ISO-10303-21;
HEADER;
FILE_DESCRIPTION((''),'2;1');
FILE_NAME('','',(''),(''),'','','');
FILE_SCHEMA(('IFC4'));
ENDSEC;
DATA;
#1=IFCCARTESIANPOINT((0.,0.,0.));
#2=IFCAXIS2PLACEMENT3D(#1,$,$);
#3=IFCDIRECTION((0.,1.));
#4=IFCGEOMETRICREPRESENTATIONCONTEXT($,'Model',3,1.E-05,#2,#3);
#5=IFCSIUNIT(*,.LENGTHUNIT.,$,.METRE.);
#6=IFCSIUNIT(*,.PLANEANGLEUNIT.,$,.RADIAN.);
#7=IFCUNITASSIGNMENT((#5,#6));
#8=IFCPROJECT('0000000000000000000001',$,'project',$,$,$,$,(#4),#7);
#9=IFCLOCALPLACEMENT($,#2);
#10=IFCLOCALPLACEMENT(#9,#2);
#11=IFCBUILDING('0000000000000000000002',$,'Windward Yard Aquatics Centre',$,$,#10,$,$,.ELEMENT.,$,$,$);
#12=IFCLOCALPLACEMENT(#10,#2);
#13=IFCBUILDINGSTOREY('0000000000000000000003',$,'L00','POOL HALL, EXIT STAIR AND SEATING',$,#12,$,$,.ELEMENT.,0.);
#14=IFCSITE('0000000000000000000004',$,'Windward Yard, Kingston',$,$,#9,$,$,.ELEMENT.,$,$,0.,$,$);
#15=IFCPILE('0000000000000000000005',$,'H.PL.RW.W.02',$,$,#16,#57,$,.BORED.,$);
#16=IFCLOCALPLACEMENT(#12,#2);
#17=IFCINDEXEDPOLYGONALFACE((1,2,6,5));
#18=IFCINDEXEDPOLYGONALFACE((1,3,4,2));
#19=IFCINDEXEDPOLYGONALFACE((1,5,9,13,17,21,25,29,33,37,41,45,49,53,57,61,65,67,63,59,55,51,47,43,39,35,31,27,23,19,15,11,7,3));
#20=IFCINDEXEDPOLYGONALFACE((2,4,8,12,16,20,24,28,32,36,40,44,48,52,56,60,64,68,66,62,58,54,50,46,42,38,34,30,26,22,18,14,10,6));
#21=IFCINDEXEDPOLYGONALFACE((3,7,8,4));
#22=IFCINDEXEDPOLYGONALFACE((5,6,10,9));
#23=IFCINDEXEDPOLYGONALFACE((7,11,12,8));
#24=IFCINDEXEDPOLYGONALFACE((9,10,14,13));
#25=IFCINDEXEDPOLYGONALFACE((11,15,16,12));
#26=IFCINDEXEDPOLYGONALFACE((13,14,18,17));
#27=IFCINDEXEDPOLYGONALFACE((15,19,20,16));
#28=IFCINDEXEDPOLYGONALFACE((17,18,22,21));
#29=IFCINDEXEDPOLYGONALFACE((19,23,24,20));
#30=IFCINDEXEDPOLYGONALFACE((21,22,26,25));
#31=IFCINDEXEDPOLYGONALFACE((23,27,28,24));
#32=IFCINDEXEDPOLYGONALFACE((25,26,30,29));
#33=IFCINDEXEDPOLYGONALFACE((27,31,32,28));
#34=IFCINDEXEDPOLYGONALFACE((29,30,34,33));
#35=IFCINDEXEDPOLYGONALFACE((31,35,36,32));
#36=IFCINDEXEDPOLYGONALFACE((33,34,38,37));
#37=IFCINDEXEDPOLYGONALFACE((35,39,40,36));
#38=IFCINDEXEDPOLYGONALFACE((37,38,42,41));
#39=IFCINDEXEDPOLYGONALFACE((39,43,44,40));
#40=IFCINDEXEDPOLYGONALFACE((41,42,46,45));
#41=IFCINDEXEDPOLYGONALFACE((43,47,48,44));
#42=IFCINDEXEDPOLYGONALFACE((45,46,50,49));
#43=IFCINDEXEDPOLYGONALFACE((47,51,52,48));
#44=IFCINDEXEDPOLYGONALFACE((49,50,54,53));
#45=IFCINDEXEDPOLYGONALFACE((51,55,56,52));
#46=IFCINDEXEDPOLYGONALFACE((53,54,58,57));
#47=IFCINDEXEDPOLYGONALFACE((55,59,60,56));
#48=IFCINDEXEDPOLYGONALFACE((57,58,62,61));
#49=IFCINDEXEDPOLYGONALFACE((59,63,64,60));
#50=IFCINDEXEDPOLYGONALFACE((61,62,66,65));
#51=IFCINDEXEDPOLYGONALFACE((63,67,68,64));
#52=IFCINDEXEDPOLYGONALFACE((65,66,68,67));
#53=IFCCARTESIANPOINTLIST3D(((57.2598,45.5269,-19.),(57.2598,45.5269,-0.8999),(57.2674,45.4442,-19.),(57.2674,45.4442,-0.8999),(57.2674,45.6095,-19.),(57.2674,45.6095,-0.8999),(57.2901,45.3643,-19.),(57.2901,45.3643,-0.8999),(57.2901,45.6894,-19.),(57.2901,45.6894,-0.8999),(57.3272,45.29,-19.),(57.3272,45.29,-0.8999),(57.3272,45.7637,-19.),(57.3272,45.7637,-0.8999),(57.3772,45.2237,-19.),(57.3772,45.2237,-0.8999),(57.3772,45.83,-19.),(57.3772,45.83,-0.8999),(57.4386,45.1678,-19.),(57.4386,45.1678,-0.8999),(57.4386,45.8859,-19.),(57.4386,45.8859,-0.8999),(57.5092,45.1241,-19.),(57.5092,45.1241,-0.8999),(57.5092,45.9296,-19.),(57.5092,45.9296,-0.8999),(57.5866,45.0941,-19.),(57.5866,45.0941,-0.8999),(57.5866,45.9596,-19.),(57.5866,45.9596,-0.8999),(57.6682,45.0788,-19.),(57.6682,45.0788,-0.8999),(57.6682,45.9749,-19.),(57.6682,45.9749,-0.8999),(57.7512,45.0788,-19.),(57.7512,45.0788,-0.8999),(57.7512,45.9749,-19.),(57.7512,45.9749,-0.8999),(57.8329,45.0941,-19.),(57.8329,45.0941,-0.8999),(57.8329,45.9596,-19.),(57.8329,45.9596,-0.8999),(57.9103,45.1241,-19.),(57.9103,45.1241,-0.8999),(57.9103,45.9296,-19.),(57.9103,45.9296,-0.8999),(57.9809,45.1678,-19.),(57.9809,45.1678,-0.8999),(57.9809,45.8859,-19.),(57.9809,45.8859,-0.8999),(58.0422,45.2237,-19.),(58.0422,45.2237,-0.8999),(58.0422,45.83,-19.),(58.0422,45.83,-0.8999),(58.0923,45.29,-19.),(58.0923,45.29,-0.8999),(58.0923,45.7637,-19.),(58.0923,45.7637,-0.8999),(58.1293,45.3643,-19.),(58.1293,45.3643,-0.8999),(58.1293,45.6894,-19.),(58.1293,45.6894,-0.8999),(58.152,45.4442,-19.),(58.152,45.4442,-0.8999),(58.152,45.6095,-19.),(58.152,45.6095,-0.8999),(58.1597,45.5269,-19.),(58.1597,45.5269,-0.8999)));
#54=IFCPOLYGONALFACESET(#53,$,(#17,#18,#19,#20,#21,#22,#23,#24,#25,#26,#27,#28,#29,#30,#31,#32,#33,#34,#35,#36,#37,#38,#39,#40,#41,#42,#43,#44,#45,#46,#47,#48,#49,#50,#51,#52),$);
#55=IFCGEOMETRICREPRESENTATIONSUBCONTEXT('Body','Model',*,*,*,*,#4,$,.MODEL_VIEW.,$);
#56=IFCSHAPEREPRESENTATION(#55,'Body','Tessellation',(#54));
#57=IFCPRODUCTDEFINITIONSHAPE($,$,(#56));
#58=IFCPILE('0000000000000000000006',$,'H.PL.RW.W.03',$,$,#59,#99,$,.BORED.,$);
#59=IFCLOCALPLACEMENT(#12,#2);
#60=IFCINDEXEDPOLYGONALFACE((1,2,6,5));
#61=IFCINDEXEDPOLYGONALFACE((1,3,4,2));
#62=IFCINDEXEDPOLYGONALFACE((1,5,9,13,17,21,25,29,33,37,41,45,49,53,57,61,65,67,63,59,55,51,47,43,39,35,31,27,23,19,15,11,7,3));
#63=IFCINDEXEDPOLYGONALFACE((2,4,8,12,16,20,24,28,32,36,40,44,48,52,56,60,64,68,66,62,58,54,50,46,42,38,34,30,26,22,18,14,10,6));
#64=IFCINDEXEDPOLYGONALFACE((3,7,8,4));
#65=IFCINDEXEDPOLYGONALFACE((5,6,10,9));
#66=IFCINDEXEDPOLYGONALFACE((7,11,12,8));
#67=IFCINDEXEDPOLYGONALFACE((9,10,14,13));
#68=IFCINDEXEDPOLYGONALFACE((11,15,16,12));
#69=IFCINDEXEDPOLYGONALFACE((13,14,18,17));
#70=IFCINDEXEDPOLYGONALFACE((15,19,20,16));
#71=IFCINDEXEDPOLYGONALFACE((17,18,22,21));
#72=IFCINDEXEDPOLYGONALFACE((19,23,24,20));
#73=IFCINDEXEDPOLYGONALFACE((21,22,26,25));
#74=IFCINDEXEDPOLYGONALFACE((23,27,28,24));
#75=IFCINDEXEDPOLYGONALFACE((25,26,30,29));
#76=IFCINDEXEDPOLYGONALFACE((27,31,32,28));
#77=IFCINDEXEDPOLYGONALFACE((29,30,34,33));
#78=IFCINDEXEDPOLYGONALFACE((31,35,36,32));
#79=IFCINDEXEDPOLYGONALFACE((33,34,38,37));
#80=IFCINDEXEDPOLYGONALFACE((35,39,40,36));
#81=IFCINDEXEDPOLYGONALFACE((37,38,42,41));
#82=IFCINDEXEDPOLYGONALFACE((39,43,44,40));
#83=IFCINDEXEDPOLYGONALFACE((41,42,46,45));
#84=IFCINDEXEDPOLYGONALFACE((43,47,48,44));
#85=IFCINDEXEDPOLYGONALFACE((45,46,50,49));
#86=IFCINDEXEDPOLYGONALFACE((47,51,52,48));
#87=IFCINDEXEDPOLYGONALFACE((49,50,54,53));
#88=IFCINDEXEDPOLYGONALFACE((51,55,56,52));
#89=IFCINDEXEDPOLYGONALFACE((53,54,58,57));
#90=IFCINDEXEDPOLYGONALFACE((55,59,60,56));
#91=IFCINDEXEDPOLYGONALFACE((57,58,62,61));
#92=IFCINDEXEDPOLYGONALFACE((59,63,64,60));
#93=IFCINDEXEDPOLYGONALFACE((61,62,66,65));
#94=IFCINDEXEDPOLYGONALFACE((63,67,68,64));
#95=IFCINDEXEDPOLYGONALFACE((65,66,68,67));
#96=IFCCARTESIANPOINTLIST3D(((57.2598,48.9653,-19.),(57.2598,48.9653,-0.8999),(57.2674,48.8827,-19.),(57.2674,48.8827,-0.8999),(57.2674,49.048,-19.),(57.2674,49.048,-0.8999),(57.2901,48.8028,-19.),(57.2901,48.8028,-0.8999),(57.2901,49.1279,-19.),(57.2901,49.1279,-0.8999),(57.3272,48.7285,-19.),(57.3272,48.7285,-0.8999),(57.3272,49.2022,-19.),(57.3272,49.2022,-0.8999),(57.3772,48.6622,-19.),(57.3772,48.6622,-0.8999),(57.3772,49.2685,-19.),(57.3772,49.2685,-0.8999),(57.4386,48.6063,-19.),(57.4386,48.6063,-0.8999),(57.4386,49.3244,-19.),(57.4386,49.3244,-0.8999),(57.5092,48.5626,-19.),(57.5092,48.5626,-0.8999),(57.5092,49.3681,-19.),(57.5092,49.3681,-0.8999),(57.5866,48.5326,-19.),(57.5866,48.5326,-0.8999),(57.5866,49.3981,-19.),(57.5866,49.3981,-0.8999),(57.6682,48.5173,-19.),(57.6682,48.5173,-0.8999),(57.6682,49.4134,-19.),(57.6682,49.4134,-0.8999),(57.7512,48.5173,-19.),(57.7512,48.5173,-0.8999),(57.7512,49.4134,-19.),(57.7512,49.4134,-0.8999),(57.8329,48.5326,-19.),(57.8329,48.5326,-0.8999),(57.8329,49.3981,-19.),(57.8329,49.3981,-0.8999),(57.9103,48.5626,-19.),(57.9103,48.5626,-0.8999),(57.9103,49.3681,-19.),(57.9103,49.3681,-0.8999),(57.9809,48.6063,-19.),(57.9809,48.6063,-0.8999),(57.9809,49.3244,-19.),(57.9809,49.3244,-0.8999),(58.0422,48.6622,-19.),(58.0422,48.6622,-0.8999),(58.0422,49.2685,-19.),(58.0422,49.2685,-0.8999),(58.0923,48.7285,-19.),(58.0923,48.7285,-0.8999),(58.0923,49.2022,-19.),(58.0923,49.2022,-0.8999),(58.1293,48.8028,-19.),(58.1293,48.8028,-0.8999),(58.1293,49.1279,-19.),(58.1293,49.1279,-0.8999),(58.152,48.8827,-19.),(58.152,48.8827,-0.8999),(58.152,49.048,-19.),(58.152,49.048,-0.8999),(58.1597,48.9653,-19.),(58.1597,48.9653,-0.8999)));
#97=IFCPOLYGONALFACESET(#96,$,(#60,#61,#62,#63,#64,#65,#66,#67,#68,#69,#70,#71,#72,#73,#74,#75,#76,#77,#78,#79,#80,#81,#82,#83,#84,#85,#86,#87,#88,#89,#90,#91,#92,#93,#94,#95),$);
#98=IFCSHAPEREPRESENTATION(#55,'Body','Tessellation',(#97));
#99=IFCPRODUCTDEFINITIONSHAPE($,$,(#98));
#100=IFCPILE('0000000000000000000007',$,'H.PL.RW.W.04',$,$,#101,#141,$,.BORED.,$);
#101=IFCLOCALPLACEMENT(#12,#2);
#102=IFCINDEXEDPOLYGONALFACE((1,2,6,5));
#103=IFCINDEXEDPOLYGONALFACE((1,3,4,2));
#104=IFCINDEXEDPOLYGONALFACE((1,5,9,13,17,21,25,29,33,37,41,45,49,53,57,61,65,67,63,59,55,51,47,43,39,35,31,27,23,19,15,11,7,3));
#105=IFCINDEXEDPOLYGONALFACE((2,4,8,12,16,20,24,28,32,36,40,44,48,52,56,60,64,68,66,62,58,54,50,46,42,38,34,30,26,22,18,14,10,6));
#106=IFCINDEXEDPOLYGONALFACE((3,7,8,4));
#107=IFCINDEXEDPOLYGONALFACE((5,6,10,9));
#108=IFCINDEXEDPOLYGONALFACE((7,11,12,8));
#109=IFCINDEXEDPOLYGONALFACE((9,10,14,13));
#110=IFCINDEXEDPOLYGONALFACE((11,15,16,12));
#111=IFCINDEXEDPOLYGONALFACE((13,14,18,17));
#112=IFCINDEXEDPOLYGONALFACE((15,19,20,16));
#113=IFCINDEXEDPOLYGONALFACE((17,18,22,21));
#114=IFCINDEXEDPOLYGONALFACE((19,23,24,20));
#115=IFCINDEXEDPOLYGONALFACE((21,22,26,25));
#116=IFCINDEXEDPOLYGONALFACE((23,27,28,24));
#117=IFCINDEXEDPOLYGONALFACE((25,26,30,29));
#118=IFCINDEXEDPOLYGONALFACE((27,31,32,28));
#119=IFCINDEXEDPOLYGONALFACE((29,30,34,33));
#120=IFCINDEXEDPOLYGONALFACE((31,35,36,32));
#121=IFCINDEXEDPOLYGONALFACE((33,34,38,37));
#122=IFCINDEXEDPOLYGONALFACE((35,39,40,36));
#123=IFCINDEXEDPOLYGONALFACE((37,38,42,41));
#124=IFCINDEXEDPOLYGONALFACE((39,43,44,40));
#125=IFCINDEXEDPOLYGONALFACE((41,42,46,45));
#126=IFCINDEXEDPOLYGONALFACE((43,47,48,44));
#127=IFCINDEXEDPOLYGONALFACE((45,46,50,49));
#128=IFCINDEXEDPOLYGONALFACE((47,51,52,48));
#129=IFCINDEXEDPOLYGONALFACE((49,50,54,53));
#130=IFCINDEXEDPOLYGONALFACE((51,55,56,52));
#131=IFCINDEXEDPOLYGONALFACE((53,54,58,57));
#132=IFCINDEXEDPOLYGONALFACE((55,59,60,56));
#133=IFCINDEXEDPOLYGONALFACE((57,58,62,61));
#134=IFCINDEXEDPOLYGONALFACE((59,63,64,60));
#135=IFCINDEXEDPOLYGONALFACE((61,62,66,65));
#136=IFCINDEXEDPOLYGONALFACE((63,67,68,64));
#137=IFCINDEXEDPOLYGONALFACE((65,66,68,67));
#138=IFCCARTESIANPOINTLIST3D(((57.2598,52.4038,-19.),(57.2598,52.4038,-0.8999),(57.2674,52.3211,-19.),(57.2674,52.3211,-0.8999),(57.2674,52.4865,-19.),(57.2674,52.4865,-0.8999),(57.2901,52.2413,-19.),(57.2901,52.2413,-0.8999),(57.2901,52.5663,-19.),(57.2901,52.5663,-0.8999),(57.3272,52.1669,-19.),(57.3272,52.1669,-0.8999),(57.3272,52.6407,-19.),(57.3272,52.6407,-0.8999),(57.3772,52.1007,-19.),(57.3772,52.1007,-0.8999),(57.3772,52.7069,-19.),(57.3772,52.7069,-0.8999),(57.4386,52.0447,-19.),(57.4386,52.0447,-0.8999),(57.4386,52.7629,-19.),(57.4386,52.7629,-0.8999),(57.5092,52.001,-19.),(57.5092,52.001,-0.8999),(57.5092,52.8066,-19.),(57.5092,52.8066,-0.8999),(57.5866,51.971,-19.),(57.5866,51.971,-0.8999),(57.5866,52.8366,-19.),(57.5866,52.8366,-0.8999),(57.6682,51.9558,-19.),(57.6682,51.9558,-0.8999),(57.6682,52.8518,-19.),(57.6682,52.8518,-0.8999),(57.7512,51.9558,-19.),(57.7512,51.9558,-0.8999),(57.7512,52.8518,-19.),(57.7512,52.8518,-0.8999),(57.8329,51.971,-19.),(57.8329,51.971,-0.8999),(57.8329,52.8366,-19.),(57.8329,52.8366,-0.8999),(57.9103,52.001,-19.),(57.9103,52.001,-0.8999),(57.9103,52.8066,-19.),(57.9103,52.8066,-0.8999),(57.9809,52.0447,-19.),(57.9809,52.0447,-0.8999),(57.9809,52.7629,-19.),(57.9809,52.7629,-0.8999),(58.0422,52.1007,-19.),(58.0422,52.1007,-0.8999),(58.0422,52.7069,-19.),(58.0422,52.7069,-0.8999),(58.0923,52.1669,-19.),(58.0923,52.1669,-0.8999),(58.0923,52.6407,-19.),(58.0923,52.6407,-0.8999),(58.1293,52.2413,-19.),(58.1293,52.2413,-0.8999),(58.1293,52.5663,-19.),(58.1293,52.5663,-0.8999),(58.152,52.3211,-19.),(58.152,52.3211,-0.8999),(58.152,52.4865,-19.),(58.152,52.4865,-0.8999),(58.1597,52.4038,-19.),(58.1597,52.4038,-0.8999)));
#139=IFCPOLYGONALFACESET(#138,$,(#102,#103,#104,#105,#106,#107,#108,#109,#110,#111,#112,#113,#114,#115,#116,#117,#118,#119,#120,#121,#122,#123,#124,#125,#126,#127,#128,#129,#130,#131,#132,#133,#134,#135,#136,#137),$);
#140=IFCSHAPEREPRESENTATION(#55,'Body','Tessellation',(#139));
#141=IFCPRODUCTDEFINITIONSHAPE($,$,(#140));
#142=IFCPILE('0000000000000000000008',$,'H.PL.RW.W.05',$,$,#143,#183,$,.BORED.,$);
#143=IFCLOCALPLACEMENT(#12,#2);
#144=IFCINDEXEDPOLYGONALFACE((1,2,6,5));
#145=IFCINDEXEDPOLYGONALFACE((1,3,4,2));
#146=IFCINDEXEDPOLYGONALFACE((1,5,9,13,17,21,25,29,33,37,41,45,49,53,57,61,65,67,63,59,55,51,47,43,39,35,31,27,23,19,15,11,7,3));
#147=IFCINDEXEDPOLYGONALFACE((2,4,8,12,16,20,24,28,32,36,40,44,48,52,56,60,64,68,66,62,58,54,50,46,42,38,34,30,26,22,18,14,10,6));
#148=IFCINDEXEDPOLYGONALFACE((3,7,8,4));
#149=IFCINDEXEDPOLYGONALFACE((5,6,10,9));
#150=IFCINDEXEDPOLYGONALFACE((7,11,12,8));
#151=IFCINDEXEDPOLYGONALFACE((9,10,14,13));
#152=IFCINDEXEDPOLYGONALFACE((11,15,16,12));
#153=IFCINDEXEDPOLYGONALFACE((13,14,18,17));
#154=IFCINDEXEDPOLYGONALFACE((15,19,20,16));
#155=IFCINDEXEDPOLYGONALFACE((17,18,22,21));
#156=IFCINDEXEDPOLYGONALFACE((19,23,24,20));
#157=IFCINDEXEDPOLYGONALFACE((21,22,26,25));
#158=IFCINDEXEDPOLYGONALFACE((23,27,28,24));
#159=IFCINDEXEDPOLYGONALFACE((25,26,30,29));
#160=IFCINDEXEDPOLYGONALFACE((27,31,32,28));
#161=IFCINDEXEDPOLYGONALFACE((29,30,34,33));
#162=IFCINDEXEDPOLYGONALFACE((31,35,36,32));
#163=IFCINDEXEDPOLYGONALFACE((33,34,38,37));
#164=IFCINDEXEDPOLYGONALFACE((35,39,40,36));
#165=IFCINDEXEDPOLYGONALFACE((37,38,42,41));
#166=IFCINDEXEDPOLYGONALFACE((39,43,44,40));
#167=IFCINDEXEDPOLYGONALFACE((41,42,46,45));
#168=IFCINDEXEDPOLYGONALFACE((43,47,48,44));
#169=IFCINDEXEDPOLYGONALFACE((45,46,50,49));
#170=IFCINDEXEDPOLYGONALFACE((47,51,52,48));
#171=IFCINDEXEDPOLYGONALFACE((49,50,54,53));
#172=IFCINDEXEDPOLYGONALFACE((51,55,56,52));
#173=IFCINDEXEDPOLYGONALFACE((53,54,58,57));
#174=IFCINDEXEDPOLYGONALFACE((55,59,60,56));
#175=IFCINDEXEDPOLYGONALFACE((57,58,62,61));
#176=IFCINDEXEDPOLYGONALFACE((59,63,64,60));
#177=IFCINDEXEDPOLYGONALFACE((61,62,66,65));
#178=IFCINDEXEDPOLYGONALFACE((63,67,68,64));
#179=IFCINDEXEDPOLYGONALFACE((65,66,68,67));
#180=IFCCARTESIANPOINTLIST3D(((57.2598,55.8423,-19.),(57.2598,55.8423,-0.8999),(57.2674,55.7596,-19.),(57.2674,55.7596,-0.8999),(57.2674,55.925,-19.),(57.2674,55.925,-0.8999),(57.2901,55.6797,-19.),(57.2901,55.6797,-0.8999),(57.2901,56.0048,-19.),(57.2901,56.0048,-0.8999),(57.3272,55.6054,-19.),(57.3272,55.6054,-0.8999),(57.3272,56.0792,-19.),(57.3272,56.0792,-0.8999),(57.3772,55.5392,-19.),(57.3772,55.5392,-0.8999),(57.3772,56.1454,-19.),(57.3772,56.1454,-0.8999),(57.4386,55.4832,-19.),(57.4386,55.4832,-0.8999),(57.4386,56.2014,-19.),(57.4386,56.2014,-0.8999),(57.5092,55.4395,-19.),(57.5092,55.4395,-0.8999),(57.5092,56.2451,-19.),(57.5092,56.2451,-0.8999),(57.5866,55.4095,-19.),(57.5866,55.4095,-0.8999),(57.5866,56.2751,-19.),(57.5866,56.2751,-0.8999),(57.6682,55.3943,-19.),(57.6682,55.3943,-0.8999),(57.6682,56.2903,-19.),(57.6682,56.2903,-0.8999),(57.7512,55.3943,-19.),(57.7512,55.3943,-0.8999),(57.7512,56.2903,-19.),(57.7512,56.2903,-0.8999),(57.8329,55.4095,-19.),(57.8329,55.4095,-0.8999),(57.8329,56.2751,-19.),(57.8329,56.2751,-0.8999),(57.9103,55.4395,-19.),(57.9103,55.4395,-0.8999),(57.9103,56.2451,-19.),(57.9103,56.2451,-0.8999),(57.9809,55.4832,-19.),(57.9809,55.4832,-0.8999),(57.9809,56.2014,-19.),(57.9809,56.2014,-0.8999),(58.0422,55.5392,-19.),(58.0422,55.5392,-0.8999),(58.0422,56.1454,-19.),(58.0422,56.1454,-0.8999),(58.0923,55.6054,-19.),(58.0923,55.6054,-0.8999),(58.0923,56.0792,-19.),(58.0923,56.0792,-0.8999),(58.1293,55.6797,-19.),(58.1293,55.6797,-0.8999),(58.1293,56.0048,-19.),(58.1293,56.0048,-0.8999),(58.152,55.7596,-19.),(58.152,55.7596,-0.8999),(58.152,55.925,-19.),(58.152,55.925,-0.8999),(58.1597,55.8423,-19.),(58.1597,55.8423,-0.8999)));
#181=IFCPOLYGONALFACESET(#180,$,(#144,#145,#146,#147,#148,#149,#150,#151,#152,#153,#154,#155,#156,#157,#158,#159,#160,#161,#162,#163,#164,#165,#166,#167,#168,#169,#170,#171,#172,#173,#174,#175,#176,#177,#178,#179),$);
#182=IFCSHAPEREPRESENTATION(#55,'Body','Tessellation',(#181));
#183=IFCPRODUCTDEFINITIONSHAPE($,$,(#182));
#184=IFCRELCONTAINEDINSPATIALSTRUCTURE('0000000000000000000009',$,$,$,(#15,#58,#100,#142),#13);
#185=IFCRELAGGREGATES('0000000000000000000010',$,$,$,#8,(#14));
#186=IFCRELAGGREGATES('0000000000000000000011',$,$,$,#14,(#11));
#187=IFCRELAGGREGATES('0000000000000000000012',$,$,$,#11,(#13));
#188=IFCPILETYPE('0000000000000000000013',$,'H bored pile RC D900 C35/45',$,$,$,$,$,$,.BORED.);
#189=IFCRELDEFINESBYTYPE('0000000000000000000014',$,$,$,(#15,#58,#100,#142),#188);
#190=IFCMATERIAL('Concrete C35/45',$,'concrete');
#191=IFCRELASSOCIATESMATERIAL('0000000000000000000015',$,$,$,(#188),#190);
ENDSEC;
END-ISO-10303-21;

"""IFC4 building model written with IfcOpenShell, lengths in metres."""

from ifc_helpers import new_model, si_unit, direction, frame, origin, origin_2d, place, context, subcontext, project, spatial, circle, extrude, material, material_profile, profile_set, type_object, element, save


model = new_model("IFC4")

# Units and contexts
model_context = context("Model", 3, precision=1e-05, world=origin(), true_north=direction((0.0, 1.0)))
body_context = subcontext(model_context, "Body", "Model", "MODEL_VIEW")
ifc_project = project(units=[si_unit("LENGTHUNIT", "METRE"), si_unit("PLANEANGLEUNIT", "RADIAN")], contexts=[model_context])

# Site, building, storey
site_placement = place(None, origin())
site = spatial("IfcSite", under=ifc_project, at=site_placement, Name="Windward Yard, Kingston", CompositionType="ELEMENT", RefElevation=0.0)
building_placement = place(site_placement, origin())
building = spatial("IfcBuilding", under=site, at=building_placement, Name="Windward Yard Aquatics Centre", CompositionType="ELEMENT")
storey_placement = place(building_placement, origin())
storey = spatial("IfcBuildingStorey", under=building, at=storey_placement, Name="L00", Description="POOL HALL, EXIT STAIR AND SEATING", CompositionType="ELEMENT", Elevation=0.0)

# Piles
ifc_material_1 = material(Name="Concrete C35/45", Category="concrete")
ifc_material_profile_1 = material_profile(ifc_material_1, circle(Radius=0.45, at=origin_2d()), Name="RC D900")
ifc_profile_set_1 = profile_set([ifc_material_profile_1], Name="Concrete C35/45")
pile_type = type_object("IfcPileType", Name="H bored pile RC D900 C35/45", PredefinedType="BORED", material=ifc_profile_set_1)
for number, where, z_axis, x_axis, name in (
    (1, (57.7097, 45.5269, -0.8999), (0.0, 0.0, -1.0), (1.0, 0.0, 0.0), "H.PL.RW.W.02"),
    (2, (57.7097, 48.9653, -0.8999), (0.0, 0.0, -1.0), (1.0, 0.0, 0.0), "H.PL.RW.W.03"),
    (3, (57.7097, 52.4038, -0.8999), (0.0, 0.0, -1.0), (1.0, 0.0, 0.0), "H.PL.RW.W.04"),
    (4, (57.7097, 55.8423, -0.8999), (0.0, 0.0, -1.0), (1.0, 0.0, 0.0), "H.PL.RW.W.05"),
):
    element("IfcPile", number, at=place(storey_placement, frame(where, z_axis=z_axis, x_axis=x_axis)), inside=storey, type_object=pile_type, Name=name, PredefinedType="BORED", context=body_context, shape_type="SweptSolid", body=[
        extrude(circle(Radius=0.45, at=origin_2d()), origin(), (0.0, 0.0, 1.0), 18.1001),
    ])

save(model, "model.ifc")
